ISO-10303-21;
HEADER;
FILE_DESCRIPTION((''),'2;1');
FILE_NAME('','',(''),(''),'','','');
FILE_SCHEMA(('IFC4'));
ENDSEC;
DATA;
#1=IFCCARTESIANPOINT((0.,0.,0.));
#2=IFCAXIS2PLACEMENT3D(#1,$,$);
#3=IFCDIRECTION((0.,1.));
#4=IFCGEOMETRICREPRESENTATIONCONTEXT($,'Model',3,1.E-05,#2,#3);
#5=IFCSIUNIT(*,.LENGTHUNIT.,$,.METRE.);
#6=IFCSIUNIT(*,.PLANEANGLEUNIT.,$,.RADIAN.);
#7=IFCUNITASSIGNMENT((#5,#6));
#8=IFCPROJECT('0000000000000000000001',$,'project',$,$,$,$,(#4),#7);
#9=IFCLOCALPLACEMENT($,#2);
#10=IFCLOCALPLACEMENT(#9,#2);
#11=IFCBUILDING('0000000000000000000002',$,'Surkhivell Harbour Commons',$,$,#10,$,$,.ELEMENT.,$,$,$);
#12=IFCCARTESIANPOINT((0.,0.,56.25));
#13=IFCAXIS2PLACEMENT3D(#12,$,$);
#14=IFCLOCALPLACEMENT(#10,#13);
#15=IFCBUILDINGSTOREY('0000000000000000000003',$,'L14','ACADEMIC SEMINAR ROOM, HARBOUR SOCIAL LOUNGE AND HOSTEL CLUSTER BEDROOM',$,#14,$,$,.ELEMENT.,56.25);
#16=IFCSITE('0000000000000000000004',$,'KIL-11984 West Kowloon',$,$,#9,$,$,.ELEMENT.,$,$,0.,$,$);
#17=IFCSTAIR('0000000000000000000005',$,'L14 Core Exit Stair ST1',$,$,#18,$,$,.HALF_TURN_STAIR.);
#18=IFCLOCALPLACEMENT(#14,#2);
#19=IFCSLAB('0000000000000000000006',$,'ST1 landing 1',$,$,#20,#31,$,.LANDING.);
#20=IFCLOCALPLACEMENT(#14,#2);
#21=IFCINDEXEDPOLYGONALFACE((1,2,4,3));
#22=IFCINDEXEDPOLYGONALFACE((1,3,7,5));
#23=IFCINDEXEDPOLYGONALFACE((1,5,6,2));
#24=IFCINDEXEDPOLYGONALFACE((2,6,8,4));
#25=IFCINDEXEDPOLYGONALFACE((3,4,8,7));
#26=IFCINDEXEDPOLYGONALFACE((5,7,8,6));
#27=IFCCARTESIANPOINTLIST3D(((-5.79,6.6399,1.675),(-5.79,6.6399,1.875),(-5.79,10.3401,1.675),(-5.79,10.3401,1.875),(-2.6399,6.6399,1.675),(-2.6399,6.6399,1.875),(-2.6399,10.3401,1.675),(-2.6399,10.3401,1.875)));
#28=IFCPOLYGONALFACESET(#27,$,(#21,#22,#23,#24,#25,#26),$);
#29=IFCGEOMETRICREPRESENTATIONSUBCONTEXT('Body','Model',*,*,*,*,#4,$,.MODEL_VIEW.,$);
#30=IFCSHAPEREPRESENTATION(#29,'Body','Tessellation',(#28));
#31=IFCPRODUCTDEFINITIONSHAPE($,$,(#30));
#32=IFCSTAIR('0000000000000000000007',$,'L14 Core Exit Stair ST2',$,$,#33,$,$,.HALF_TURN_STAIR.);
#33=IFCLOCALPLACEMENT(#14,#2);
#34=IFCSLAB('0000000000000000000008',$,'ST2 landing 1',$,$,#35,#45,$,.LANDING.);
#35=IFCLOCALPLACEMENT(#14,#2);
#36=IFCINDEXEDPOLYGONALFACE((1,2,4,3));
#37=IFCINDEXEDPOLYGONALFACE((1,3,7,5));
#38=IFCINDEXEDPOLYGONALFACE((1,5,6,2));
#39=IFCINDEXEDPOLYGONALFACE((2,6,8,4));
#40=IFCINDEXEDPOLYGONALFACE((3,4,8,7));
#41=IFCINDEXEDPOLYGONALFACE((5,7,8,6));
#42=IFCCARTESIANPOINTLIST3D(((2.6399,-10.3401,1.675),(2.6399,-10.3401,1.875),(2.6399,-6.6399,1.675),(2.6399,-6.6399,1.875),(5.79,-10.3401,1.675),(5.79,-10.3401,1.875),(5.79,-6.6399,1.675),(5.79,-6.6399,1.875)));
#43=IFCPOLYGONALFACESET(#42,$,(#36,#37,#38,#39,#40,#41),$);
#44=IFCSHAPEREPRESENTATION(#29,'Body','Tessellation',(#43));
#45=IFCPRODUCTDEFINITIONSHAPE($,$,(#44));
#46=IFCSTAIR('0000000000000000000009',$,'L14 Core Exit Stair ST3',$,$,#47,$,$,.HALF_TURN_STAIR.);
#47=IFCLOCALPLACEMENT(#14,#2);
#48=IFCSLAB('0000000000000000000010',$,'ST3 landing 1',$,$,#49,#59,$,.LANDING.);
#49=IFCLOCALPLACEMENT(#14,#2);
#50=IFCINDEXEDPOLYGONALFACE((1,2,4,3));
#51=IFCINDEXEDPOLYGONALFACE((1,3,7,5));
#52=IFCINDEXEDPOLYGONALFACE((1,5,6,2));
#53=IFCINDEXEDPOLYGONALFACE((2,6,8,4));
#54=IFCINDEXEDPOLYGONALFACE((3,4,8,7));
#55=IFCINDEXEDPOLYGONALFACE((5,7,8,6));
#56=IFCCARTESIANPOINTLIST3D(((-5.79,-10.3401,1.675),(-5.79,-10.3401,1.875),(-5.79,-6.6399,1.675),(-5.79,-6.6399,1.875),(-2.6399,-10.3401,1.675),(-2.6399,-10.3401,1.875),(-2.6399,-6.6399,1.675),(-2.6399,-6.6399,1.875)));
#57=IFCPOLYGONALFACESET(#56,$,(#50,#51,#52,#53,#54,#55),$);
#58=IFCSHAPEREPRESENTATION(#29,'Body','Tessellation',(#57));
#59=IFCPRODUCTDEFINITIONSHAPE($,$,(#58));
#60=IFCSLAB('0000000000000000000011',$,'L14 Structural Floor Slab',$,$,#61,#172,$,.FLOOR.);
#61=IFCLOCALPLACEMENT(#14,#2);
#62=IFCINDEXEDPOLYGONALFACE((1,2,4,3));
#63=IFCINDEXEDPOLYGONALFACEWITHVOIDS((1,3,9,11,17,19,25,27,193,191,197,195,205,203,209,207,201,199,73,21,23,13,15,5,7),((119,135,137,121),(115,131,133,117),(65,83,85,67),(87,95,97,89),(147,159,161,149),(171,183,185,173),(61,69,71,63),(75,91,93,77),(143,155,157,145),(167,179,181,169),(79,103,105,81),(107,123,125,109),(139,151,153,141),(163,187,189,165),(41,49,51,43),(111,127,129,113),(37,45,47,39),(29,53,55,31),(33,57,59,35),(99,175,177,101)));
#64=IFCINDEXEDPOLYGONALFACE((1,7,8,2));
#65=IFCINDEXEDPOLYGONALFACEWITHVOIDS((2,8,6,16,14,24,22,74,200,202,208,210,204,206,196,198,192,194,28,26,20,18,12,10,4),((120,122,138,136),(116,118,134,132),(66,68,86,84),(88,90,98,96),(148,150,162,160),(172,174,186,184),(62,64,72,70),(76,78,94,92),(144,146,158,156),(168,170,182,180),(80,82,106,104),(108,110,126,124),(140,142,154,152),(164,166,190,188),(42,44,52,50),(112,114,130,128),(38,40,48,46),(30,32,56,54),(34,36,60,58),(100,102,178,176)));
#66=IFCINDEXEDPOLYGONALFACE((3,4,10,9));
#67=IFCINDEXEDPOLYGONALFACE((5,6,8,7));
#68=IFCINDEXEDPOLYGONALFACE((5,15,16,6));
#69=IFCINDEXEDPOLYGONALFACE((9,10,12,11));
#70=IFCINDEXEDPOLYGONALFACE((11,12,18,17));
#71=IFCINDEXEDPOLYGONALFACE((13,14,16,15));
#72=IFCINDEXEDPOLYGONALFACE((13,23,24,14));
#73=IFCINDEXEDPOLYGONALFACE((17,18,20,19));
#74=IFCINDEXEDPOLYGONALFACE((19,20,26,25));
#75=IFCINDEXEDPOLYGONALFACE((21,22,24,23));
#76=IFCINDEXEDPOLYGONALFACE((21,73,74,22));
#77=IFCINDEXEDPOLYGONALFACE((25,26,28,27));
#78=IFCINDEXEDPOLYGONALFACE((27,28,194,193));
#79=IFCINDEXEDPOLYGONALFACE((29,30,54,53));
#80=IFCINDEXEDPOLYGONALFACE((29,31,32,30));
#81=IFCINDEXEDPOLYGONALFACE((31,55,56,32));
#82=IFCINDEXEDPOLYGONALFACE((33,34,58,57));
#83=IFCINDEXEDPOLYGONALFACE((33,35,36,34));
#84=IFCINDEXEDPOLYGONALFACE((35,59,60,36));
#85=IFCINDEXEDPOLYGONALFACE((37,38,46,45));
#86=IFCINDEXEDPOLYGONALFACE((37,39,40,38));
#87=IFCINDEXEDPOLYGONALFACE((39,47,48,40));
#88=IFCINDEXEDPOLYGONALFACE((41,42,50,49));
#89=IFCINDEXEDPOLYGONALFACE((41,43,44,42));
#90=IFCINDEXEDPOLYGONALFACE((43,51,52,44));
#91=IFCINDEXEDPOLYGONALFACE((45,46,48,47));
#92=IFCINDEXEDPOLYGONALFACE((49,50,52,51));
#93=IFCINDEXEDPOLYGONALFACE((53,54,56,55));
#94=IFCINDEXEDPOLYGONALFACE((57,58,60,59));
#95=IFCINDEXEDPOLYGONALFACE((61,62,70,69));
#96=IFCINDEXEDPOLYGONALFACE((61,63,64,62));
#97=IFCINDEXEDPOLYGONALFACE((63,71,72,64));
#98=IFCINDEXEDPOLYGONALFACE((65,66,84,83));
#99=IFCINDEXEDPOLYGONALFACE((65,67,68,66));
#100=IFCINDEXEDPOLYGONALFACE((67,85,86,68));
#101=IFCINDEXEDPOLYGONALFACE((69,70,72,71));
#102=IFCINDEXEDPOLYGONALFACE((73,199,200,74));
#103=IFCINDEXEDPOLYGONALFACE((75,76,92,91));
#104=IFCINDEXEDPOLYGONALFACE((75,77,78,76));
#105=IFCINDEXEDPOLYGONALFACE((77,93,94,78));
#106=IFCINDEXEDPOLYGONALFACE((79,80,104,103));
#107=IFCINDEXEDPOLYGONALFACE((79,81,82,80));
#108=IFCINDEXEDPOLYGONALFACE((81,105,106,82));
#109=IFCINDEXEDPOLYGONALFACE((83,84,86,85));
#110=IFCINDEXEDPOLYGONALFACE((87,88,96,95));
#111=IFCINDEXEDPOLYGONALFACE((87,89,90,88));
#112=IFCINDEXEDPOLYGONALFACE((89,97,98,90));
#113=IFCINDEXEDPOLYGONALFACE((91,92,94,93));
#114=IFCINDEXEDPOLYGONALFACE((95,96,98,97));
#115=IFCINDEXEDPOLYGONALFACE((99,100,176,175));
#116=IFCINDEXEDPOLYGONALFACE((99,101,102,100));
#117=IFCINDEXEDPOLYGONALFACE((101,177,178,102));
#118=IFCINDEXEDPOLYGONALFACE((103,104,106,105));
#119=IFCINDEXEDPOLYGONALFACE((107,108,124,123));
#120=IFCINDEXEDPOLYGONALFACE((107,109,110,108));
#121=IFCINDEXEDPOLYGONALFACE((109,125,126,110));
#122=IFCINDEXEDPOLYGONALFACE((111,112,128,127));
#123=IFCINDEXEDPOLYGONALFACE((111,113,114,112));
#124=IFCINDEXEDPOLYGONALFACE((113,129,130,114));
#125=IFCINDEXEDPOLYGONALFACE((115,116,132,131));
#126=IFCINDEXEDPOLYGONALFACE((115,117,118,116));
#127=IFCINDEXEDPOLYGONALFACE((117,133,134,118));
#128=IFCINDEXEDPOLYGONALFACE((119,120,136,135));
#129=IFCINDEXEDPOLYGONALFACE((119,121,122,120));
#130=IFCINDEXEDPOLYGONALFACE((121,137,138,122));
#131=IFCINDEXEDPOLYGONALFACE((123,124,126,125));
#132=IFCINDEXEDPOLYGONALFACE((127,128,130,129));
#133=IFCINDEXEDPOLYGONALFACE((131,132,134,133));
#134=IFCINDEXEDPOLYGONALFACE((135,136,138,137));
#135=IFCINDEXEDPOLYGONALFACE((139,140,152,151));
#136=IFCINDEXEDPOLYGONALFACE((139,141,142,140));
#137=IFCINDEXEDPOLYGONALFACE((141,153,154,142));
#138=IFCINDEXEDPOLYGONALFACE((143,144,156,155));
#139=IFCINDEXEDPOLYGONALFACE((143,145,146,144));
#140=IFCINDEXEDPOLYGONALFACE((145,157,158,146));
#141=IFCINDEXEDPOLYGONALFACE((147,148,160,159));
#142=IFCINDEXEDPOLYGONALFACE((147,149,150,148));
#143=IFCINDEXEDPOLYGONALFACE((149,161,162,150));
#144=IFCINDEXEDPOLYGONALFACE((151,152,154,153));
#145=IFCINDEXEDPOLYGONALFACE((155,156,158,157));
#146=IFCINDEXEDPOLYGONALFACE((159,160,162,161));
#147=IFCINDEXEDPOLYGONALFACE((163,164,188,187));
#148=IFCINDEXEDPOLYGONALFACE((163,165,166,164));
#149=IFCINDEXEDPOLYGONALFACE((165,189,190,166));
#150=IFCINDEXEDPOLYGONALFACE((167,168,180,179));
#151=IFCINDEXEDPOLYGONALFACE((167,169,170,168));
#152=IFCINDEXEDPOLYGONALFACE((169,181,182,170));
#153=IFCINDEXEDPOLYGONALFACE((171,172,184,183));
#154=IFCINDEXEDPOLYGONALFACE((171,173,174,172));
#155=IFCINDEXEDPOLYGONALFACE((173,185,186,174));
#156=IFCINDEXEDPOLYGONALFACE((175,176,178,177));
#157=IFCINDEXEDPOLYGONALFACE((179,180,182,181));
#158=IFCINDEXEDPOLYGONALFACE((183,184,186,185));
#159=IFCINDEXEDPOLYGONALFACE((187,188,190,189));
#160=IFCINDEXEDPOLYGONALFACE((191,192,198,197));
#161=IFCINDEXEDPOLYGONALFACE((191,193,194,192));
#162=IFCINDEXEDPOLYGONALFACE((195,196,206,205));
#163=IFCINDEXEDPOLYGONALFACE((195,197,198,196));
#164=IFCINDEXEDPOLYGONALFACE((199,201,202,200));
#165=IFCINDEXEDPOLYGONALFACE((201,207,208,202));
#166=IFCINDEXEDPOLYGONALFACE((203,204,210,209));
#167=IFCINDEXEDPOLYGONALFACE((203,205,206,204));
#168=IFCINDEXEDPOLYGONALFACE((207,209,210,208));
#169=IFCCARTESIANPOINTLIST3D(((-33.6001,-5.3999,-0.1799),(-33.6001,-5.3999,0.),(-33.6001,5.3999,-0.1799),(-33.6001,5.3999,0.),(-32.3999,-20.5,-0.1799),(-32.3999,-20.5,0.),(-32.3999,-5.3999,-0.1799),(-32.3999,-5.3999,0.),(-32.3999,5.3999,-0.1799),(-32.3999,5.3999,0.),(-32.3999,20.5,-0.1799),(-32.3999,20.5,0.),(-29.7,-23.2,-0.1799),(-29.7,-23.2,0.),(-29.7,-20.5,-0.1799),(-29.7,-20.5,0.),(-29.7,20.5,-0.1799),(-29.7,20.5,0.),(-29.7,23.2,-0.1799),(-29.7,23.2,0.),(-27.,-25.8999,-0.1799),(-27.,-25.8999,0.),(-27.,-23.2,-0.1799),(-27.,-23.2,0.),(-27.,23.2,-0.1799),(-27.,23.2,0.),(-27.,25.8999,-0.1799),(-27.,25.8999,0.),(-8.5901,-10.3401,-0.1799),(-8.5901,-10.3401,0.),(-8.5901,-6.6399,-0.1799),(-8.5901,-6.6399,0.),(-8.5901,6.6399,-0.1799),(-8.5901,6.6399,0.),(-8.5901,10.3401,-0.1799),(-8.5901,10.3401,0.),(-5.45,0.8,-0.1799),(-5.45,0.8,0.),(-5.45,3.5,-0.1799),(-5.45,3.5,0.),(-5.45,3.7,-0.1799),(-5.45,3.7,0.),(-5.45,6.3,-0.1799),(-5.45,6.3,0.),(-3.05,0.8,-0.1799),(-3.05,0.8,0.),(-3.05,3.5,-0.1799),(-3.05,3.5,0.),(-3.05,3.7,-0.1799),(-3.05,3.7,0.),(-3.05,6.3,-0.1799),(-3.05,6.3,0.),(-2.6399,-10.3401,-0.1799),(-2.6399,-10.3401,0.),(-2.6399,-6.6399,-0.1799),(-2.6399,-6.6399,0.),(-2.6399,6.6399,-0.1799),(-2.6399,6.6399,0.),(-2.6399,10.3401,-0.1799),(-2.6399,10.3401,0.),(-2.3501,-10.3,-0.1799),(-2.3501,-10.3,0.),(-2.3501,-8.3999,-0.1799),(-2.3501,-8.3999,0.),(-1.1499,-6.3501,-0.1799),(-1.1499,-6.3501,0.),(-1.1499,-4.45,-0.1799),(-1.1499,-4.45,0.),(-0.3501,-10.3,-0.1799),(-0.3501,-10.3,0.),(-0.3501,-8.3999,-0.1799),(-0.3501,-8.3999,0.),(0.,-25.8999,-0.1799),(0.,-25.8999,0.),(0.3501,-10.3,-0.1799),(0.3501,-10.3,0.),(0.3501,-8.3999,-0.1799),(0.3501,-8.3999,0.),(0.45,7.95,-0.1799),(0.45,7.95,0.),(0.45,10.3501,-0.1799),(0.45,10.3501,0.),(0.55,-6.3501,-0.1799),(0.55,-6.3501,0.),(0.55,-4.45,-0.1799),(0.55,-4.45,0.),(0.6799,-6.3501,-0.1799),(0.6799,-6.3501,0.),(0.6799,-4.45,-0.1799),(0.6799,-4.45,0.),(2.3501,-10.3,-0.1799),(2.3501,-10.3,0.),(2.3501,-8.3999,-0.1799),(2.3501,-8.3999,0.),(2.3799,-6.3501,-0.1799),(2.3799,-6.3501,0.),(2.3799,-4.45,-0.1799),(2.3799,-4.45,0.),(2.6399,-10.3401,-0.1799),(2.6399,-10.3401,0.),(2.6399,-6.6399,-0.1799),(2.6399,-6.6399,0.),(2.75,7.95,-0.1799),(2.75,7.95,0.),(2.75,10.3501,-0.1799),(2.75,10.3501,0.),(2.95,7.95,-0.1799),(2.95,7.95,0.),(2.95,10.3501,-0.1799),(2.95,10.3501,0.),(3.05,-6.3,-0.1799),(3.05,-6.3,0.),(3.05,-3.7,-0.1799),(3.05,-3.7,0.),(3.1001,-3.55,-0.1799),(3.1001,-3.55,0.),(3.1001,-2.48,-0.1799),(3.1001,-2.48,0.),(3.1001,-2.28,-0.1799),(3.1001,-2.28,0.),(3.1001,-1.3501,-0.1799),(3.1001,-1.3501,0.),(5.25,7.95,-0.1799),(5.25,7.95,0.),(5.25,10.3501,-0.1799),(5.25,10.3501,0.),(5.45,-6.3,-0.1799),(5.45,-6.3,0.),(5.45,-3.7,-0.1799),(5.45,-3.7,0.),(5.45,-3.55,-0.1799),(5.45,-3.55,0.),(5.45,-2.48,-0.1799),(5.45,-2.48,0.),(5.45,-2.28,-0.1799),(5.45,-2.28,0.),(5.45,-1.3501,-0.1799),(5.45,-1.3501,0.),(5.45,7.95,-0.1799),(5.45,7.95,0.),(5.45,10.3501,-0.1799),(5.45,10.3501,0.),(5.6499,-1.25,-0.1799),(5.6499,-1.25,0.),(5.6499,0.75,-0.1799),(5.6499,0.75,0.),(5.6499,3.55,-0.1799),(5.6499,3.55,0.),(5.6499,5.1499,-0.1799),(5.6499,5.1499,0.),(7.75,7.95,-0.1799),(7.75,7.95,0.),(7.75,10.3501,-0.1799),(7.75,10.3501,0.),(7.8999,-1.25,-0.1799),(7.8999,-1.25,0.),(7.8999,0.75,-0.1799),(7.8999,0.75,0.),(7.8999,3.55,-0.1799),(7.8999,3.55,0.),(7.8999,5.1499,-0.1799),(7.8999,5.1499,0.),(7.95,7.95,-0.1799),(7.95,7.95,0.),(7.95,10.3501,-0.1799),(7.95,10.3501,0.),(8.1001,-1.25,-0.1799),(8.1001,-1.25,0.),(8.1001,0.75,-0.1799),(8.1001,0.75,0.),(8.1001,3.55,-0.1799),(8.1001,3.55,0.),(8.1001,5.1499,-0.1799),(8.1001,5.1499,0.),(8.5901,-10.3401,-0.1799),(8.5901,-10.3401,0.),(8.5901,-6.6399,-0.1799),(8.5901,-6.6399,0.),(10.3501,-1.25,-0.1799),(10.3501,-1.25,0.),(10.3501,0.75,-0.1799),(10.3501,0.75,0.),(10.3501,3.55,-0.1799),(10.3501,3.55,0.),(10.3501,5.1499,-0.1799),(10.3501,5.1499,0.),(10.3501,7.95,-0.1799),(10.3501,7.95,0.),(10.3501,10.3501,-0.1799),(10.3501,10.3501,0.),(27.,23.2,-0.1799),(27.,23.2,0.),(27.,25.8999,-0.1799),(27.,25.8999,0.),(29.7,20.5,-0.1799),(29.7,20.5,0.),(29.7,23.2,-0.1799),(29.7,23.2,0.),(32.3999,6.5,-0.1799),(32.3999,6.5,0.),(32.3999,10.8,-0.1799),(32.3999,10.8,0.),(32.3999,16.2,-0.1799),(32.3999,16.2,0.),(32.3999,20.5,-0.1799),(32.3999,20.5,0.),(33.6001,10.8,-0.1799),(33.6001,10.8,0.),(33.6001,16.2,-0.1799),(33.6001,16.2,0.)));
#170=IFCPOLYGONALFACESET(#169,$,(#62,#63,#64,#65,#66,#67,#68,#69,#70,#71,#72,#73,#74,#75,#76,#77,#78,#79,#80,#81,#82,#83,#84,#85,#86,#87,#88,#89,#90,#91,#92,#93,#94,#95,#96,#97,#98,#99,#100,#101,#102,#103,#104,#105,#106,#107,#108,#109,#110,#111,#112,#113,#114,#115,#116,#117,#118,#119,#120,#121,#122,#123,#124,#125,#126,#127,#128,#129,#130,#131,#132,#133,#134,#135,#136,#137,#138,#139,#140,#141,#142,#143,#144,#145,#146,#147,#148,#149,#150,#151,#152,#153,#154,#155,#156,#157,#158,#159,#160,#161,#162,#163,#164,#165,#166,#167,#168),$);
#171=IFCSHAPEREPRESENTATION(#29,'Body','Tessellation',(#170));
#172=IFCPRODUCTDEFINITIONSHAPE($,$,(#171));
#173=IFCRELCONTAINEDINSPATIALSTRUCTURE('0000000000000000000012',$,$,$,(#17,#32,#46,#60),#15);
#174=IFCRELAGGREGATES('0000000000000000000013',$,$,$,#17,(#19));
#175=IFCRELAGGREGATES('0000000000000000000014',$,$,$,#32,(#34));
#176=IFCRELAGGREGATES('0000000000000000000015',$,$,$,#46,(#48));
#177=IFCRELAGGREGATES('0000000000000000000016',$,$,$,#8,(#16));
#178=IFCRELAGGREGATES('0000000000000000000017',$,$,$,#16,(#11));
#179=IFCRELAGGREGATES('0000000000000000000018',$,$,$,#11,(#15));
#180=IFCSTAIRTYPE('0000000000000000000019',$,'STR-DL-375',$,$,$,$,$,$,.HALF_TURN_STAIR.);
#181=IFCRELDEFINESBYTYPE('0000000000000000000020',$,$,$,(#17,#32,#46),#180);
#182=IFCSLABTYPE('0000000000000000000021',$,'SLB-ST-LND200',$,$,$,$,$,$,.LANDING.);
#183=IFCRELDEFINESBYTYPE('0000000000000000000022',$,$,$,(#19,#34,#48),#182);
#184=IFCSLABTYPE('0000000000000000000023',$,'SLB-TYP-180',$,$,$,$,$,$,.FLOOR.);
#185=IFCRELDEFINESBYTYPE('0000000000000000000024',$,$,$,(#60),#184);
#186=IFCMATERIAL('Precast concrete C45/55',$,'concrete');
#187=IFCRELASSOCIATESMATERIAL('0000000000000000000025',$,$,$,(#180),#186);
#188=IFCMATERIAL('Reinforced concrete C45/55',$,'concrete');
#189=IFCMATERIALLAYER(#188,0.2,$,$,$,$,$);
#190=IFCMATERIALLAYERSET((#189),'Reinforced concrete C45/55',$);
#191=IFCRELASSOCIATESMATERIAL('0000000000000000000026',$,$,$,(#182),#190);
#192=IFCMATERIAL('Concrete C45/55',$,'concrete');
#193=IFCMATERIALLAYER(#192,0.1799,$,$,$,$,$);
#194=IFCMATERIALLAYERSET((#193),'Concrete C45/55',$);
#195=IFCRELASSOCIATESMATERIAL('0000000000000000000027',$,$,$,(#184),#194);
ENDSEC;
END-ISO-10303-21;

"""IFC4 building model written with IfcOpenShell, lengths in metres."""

from ifc_helpers import new_model, si_unit, direction, frame, origin, place, context, subcontext, project, spatial, polyline, outline, extrude, material, layer, layer_set, type_object, element, aggregate, save


model = new_model("IFC4")

# Units and contexts
model_context = context("Model", 3, precision=1e-05, world=origin(), true_north=direction((0.0, 1.0)))
body_context = subcontext(model_context, "Body", "Model", "MODEL_VIEW")
ifc_project = project(units=[si_unit("LENGTHUNIT", "METRE"), si_unit("PLANEANGLEUNIT", "RADIAN")], contexts=[model_context])

# Site, building, storey
site_placement = place(None, origin())
site = spatial("IfcSite", under=ifc_project, at=site_placement, Name="KIL-11984 West Kowloon", CompositionType="ELEMENT", RefElevation=0.0)
building_placement = place(site_placement, origin())
building = spatial("IfcBuilding", under=site, at=building_placement, Name="Surkhivell Harbour Commons", CompositionType="ELEMENT")
storey_placement = place(building_placement, frame((0.0, 0.0, 56.25)))
storey = spatial("IfcBuildingStorey", under=building, at=storey_placement, Name="L14", Description="ACADEMIC SEMINAR ROOM, HARBOUR SOCIAL LOUNGE AND HOSTEL CLUSTER BEDROOM", CompositionType="ELEMENT", Elevation=56.25)

# Stairs, slabs
ifc_material_1 = material(Name="Precast concrete C45/55", Category="concrete")
stair_type = type_object("IfcStairType", Name="STR-DL-375", PredefinedType="HALF_TURN_STAIR", material=ifc_material_1)
stair_1_placement = place(storey_placement, origin())
stair_1 = element("IfcStair", 1, at=stair_1_placement, inside=storey, type_object=stair_type, Name="L14 Core Exit Stair ST1", PredefinedType="HALF_TURN_STAIR")
ifc_material_2 = material(Name="Reinforced concrete C45/55", Category="concrete")
ifc_layer_1 = layer(ifc_material_2, 0.2)
ifc_layer_set_1 = layer_set([ifc_layer_1], Name="Reinforced concrete C45/55")
slab_type_1 = type_object("IfcSlabType", Name="SLB-ST-LND200", PredefinedType="LANDING", material=ifc_layer_set_1)
slab_1_placement = place(storey_placement, frame((0.0, 0.0, 1.675)))
slab_1 = element("IfcSlab", 2, at=slab_1_placement, type_object=slab_type_1, Name="ST1 landing 1", PredefinedType="LANDING", context=body_context, shape_type="SweptSolid", body=[
    extrude(outline(polyline([(-5.79, 6.6399), (-2.6399, 6.6399), (-2.6399, 10.3401), (-5.79, 10.3401), (-5.79, 6.6399)])), origin(), (0.0, 0.0, 1.0), 0.2),
])
aggregate(stair_1, [slab_1])
stair_2_placement = place(storey_placement, origin())
stair_2 = element("IfcStair", 3, at=stair_2_placement, inside=storey, type_object=stair_type, Name="L14 Core Exit Stair ST2", PredefinedType="HALF_TURN_STAIR")
slab_2_placement = place(storey_placement, frame((0.0, 0.0, 1.675)))
slab_2 = element("IfcSlab", 4, at=slab_2_placement, type_object=slab_type_1, Name="ST2 landing 1", PredefinedType="LANDING", context=body_context, shape_type="SweptSolid", body=[
    extrude(outline(polyline([(5.79, -6.6399), (2.6399, -6.6399), (2.6399, -10.3401), (5.79, -10.3401), (5.79, -6.6399)])), origin(), (0.0, 0.0, 1.0), 0.2),
])
aggregate(stair_2, [slab_2])
stair_3_placement = place(storey_placement, origin())
stair_3 = element("IfcStair", 5, at=stair_3_placement, inside=storey, type_object=stair_type, Name="L14 Core Exit Stair ST3", PredefinedType="HALF_TURN_STAIR")
slab_3_placement = place(storey_placement, frame((0.0, 0.0, 1.675)))
slab_3 = element("IfcSlab", 6, at=slab_3_placement, type_object=slab_type_1, Name="ST3 landing 1", PredefinedType="LANDING", context=body_context, shape_type="SweptSolid", body=[
    extrude(outline(polyline([(-5.79, -10.3401), (-2.6399, -10.3401), (-2.6399, -6.6399), (-5.79, -6.6399), (-5.79, -10.3401)])), origin(), (0.0, 0.0, 1.0), 0.2),
])
aggregate(stair_3, [slab_3])

# Slab
ifc_material_3 = material(Name="Concrete C45/55", Category="concrete")
ifc_layer_2 = layer(ifc_material_3, 0.1799)
ifc_layer_set_2 = layer_set([ifc_layer_2], Name="Concrete C45/55")
slab_type_2 = type_object("IfcSlabType", Name="SLB-TYP-180", PredefinedType="FLOOR", material=ifc_layer_set_2)
slab_4_placement = place(storey_placement, frame((0.0, 0.0, -0.1799)))
element("IfcSlab", 7, at=slab_4_placement, inside=storey, type_object=slab_type_2, Name="L14 Structural Floor Slab", PredefinedType="FLOOR", context=body_context, shape_type="SweptSolid", body=[
    extrude(outline(polyline([(-32.3999, 20.5), (-32.3999, 5.3999), (-33.6001, 5.3999), (-33.6001, -5.3999), (-32.3999, -5.3999), (-32.3999, -20.5), (-29.7, -20.5), (-29.7, -23.2), (-27.0, -23.2), (-27.0, -25.8999), (0.0, -25.8999), (32.3999, 6.5), (32.3999, 10.8), (33.6001, 10.8), (33.6001, 16.2), (32.3999, 16.2), (32.3999, 20.5), (29.7, 20.5), (29.7, 23.2), (27.0, 23.2), (27.0, 25.8999), (-27.0, 25.8999), (-27.0, 23.2), (-29.7, 23.2), (-29.7, 20.5), (-32.3999, 20.5)]), holes=[polyline([(-8.5901, 6.6399), (-2.6399, 6.6399), (-2.6399, 10.3401), (-8.5901, 10.3401), (-8.5901, 6.6399)]), polyline([(8.5901, -6.6399), (2.6399, -6.6399), (2.6399, -10.3401), (8.5901, -10.3401), (8.5901, -6.6399)]), polyline([(-8.5901, -10.3401), (-2.6399, -10.3401), (-2.6399, -6.6399), (-8.5901, -6.6399), (-8.5901, -10.3401)]), polyline([(0.45, 7.95), (2.75, 7.95), (2.75, 10.3501), (0.45, 10.3501), (0.45, 7.95)]), polyline([(2.95, 7.95), (5.25, 7.95), (5.25, 10.3501), (2.95, 10.3501), (2.95, 7.95)]), polyline([(5.45, 7.95), (7.75, 7.95), (7.75, 10.3501), (5.45, 10.3501), (5.45, 7.95)]), polyline([(7.95, 7.95), (10.3501, 7.95), (10.3501, 10.3501), (7.95, 10.3501), (7.95, 7.95)]), polyline([(5.6499, 3.55), (7.8999, 3.55), (7.8999, 5.1499), (5.6499, 5.1499), (5.6499, 3.55)]), polyline([(8.1001, 3.55), (10.3501, 3.55), (10.3501, 5.1499), (8.1001, 5.1499), (8.1001, 3.55)]), polyline([(5.6499, -1.25), (7.8999, -1.25), (7.8999, 0.75), (5.6499, 0.75), (5.6499, -1.25)]), polyline([(8.1001, -1.25), (10.3501, -1.25), (10.3501, 0.75), (8.1001, 0.75), (8.1001, -1.25)]), polyline([(-1.1499, -6.3501), (0.55, -6.3501), (0.55, -4.45), (-1.1499, -4.45), (-1.1499, -6.3501)]), polyline([(0.6799, -6.3501), (2.3799, -6.3501), (2.3799, -4.45), (0.6799, -4.45), (0.6799, -6.3501)]), polyline([(-2.3501, -10.3), (-0.3501, -10.3), (-0.3501, -8.3999), (-2.3501, -8.3999), (-2.3501, -10.3)]), polyline([(0.3501, -10.3), (2.3501, -10.3), (2.3501, -8.3999), (0.3501, -8.3999), (0.3501, -10.3)]), polyline([(-5.45, 3.7), (-3.05, 3.7), (-3.05, 6.3), (-5.45, 6.3), (-5.45, 3.7)]), polyline([(3.05, -6.3), (5.45, -6.3), (5.45, -3.7), (3.05, -3.7), (3.05, -6.3)]), polyline([(-5.45, 0.8), (-3.05, 0.8), (-3.05, 3.5), (-5.45, 3.5), (-5.45, 0.8)]), polyline([(3.1001, -3.55), (5.45, -3.55), (5.45, -2.48), (3.1001, -2.48), (3.1001, -3.55)]), polyline([(3.1001, -2.28), (5.45, -2.28), (5.45, -1.3501), (3.1001, -1.3501), (3.1001, -2.28)])]), origin(), (0.0, 0.0, 1.0), 0.1799),
])

save(model, "model.ifc")
